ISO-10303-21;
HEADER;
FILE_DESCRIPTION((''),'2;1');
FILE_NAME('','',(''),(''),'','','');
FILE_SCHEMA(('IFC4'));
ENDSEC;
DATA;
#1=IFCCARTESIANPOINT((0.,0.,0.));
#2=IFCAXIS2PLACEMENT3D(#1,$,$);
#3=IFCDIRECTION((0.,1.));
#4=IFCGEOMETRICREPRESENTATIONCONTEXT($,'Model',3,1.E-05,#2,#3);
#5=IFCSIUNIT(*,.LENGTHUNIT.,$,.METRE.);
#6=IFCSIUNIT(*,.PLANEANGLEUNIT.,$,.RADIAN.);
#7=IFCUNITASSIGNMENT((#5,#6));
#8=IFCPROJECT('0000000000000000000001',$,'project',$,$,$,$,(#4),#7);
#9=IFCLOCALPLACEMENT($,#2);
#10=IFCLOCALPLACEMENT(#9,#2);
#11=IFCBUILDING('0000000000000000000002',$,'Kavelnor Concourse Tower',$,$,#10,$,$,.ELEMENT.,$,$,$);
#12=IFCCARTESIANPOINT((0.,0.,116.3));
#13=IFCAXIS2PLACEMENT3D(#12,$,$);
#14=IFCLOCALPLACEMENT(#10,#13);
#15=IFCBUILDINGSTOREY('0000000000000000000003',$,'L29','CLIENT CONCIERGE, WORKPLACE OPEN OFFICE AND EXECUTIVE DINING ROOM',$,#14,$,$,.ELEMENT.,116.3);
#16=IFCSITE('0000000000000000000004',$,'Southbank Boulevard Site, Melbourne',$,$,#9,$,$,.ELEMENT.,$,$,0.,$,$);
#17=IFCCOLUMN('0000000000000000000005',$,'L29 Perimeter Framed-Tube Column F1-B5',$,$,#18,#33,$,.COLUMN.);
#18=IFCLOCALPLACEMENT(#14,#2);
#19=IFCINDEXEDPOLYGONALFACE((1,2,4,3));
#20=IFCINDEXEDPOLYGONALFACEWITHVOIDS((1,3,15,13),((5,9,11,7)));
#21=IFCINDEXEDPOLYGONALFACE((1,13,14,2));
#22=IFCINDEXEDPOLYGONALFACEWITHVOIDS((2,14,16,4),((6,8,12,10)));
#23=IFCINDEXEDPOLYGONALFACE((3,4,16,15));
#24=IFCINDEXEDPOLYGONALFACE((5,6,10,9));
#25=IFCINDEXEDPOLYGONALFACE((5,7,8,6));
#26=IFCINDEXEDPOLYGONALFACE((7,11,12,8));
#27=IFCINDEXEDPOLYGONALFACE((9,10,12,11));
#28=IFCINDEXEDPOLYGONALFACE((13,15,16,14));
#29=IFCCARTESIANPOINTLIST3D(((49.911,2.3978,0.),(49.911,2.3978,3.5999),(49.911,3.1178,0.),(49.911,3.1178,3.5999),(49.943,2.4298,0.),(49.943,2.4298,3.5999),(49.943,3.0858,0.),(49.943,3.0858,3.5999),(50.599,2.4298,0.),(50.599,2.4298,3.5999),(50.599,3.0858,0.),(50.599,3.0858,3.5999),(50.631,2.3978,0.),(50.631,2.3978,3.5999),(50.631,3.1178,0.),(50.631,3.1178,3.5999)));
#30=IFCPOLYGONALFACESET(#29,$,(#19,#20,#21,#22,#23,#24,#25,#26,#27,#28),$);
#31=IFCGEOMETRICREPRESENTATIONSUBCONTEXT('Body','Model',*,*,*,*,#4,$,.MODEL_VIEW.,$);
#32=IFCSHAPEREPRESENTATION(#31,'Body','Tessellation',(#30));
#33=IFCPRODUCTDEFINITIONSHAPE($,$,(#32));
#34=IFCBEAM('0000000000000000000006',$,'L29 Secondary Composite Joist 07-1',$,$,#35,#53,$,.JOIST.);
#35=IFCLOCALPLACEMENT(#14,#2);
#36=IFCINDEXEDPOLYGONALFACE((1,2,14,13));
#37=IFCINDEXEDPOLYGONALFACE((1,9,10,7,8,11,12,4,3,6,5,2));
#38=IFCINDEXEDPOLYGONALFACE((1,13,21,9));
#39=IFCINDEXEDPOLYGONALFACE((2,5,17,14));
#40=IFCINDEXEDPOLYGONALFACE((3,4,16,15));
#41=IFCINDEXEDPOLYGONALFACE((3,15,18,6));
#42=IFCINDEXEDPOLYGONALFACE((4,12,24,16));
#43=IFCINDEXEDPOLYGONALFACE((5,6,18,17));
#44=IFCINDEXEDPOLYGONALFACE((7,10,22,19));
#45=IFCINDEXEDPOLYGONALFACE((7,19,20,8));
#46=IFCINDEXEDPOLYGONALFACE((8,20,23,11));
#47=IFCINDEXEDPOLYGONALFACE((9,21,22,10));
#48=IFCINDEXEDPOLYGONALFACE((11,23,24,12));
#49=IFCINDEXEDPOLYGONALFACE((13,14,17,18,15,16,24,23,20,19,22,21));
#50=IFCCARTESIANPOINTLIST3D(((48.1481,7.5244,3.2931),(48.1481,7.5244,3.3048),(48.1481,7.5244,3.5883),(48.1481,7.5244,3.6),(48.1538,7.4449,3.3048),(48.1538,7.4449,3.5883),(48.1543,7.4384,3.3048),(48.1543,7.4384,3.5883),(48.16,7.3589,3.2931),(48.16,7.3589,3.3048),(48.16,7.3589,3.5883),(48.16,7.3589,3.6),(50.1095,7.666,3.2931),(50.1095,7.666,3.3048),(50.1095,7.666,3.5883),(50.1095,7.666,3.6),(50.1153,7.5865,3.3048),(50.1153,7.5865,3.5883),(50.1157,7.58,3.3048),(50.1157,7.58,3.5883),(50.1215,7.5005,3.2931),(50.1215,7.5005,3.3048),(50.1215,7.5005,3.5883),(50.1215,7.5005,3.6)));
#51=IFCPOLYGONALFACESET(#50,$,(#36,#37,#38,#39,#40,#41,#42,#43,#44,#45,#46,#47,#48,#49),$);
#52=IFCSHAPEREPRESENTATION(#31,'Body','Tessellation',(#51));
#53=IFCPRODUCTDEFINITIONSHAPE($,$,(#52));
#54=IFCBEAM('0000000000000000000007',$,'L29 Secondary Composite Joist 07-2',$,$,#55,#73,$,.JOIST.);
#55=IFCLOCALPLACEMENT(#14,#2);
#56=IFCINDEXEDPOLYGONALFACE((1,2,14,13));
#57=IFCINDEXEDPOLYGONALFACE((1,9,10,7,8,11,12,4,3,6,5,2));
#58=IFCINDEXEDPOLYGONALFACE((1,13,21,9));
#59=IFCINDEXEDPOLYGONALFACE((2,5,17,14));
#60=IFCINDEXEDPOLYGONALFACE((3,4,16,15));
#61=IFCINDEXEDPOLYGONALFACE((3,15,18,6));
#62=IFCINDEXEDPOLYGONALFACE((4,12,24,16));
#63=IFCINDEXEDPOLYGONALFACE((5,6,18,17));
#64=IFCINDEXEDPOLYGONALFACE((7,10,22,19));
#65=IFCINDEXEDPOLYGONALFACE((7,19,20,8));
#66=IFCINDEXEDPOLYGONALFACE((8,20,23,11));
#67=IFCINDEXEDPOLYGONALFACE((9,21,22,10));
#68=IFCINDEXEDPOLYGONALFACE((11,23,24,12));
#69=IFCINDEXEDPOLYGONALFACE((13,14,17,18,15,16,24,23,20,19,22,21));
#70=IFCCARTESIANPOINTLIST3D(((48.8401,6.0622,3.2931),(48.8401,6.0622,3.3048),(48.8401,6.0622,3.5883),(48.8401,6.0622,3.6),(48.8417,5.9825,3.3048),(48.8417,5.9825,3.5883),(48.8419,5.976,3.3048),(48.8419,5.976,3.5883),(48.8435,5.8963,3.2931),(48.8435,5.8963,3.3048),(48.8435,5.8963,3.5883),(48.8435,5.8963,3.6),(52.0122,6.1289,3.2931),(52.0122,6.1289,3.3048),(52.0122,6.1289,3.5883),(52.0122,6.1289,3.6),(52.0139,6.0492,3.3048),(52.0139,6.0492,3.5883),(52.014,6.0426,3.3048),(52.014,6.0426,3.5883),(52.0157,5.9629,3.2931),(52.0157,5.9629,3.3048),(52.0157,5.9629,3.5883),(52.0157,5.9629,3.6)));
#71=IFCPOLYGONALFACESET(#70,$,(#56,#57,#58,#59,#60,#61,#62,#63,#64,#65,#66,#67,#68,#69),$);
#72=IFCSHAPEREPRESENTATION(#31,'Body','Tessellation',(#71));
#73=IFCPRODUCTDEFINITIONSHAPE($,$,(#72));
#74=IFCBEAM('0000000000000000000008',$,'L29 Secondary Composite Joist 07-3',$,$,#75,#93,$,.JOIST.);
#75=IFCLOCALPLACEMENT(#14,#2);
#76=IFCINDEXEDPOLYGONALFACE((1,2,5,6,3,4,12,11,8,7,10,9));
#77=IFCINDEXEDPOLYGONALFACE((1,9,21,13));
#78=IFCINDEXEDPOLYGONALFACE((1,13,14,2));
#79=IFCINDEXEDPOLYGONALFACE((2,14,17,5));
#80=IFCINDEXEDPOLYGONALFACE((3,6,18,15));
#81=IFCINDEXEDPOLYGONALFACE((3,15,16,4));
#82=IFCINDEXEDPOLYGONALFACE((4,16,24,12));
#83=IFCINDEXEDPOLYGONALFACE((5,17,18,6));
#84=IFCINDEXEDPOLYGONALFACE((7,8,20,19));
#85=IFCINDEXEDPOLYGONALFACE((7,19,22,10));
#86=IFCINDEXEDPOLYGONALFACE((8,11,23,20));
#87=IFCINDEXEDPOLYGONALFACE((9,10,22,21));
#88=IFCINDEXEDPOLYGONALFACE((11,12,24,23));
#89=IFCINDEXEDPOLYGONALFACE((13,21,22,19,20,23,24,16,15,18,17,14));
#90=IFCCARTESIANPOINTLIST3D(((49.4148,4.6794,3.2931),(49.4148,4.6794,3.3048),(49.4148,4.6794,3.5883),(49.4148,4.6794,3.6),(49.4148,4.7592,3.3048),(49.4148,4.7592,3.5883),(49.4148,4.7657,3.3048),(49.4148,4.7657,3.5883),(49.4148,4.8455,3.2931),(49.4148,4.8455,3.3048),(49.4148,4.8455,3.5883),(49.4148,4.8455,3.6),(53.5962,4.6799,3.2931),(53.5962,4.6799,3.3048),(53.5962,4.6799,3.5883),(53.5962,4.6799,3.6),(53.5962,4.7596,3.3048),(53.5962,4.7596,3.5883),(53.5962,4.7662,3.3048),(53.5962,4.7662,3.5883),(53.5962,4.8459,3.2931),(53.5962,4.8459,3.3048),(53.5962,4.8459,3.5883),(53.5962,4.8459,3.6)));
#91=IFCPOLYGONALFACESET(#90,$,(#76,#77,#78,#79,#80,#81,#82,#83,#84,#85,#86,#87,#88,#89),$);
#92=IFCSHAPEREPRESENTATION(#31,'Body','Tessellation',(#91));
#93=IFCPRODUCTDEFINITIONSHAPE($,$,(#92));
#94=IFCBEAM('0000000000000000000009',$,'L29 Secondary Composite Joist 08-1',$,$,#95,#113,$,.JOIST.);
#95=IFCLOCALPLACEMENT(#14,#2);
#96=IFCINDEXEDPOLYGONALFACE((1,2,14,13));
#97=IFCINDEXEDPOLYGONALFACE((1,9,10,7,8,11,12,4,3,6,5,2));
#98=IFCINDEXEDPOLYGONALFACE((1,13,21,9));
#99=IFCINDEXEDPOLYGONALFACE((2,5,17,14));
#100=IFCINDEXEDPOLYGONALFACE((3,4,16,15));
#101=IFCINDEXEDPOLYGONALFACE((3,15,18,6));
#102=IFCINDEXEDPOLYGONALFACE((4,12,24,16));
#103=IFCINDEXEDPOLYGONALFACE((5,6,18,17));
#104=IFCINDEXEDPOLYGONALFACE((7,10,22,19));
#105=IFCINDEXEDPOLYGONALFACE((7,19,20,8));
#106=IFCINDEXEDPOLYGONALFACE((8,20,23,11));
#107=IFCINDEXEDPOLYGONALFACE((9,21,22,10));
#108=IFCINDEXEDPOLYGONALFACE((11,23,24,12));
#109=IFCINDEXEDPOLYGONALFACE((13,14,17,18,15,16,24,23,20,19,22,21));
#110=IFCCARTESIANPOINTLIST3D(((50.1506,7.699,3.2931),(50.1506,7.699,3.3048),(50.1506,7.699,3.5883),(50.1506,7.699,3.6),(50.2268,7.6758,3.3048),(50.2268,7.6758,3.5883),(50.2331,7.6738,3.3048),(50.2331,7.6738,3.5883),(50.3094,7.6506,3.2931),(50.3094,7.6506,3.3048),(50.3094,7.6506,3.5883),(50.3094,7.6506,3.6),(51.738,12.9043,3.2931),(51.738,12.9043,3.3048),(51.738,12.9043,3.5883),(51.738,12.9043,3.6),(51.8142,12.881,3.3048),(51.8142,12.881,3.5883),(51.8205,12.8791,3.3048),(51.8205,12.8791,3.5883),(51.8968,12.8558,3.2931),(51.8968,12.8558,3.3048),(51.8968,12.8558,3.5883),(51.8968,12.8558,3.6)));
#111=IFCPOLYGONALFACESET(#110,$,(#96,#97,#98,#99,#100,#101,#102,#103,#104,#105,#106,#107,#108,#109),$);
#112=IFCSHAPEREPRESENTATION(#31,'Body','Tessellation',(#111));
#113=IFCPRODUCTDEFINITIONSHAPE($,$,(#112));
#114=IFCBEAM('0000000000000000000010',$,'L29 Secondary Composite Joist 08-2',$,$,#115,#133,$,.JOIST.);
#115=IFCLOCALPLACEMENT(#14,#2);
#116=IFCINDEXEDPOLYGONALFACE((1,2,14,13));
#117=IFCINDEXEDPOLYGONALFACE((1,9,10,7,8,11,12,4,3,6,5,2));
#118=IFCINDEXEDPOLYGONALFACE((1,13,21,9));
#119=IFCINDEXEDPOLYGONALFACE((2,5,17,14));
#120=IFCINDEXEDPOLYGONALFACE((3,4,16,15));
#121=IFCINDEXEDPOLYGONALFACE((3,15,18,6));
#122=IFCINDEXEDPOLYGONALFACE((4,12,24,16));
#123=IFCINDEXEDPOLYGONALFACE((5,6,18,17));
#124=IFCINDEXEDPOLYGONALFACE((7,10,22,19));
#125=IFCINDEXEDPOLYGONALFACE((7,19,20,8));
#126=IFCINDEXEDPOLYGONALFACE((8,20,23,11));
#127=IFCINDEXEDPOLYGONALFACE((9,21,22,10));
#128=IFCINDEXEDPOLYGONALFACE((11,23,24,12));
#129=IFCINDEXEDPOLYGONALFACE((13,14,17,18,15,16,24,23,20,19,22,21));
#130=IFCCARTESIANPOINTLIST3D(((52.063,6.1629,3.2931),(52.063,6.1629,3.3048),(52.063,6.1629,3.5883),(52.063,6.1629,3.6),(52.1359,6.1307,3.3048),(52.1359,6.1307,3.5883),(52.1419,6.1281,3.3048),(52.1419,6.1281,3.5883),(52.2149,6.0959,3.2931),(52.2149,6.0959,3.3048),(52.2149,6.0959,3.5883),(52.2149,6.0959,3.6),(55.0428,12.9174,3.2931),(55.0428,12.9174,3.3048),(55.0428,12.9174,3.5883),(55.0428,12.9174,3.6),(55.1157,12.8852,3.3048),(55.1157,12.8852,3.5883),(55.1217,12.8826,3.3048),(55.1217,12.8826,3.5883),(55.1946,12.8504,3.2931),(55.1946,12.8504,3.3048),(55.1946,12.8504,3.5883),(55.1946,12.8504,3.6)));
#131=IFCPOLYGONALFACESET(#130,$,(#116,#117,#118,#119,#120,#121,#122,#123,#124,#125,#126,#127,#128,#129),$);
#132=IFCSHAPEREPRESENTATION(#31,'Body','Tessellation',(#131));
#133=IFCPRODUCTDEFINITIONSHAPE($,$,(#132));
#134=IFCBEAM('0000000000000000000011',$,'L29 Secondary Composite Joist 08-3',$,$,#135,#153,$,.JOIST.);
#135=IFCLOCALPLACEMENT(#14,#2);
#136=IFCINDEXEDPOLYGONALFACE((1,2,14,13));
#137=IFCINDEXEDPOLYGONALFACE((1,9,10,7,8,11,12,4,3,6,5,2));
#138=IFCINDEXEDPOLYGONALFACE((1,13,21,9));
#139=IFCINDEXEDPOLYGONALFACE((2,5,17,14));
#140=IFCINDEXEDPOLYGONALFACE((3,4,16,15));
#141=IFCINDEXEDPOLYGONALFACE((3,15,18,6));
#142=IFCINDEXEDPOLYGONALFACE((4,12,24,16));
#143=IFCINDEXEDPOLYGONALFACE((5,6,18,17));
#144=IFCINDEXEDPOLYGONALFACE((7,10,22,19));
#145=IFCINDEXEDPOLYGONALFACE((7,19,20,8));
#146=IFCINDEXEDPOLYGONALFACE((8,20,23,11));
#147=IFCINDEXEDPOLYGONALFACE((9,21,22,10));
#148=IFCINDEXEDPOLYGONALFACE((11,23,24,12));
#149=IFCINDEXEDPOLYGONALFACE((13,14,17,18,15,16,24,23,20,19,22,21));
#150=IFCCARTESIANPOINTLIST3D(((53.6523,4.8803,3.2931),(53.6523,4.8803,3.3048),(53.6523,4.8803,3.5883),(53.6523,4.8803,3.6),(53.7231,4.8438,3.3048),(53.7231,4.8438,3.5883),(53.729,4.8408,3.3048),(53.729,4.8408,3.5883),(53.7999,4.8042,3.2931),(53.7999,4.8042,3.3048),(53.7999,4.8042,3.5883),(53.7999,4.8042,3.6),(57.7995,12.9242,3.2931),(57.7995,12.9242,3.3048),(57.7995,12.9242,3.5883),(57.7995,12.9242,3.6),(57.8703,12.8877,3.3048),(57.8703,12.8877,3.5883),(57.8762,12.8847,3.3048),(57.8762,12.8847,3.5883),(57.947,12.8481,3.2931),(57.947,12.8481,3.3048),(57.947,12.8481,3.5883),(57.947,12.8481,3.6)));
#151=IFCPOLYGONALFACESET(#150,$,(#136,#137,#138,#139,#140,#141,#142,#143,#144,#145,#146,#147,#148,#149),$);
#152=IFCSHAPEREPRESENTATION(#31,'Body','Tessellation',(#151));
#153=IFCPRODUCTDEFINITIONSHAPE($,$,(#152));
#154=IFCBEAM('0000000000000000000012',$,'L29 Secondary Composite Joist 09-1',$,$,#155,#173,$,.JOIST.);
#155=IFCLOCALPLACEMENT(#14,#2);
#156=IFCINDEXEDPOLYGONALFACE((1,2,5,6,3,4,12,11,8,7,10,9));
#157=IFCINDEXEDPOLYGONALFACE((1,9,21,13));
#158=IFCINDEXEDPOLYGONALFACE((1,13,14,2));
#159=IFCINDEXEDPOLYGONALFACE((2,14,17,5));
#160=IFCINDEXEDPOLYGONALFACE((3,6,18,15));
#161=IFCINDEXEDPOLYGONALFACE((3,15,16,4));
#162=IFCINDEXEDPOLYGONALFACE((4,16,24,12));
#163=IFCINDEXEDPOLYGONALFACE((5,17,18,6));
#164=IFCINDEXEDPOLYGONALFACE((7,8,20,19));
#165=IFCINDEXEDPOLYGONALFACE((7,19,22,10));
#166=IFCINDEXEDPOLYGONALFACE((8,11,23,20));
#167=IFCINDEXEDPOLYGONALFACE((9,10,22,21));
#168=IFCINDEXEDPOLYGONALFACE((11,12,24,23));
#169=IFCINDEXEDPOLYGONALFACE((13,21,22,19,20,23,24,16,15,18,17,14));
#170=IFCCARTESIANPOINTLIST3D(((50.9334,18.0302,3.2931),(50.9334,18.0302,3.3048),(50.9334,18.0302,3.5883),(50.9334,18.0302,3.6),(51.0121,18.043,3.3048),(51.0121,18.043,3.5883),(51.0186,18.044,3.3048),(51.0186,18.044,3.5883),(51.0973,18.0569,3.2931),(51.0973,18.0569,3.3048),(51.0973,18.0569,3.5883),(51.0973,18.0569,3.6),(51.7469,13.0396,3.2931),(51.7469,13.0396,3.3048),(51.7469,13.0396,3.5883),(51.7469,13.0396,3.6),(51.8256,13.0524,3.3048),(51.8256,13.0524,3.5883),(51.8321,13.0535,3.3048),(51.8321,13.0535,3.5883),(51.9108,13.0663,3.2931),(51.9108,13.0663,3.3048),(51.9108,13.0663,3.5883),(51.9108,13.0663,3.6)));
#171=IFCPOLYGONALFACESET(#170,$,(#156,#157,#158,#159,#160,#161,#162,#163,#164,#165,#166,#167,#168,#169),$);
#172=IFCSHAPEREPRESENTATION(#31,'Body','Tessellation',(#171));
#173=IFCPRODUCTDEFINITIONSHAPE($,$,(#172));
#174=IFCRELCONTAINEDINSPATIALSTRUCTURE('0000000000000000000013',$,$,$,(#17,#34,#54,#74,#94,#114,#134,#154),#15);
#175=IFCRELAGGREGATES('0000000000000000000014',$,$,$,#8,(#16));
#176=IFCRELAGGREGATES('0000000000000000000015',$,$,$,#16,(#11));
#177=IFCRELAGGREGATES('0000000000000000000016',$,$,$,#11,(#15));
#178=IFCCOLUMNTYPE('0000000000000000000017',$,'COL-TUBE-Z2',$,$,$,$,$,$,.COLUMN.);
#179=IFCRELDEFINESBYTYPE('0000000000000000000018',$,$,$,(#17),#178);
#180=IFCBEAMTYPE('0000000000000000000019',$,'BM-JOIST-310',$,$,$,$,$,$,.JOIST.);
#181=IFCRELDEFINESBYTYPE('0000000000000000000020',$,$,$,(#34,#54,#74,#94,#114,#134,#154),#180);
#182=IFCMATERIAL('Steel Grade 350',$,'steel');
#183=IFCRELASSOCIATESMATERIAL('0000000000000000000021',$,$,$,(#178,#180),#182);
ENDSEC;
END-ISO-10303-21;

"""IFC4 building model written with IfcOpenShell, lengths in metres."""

from ifc_helpers import new_model, si_unit, direction, frame, origin, origin_2d, place, context, subcontext, project, spatial, hollow_rectangle, i_section, extrude, material, material_profile, profile_set, type_object, element, save


model = new_model("IFC4")

# Units and contexts
model_context = context("Model", 3, precision=1e-05, world=origin(), true_north=direction((0.0, 1.0)))
body_context = subcontext(model_context, "Body", "Model", "MODEL_VIEW")
ifc_project = project(units=[si_unit("LENGTHUNIT", "METRE"), si_unit("PLANEANGLEUNIT", "RADIAN")], contexts=[model_context])

# Site, building, storey
site_placement = place(None, origin())
site = spatial("IfcSite", under=ifc_project, at=site_placement, Name="Southbank Boulevard Site, Melbourne", CompositionType="ELEMENT", RefElevation=0.0)
building_placement = place(site_placement, origin())
building = spatial("IfcBuilding", under=site, at=building_placement, Name="Kavelnor Concourse Tower", CompositionType="ELEMENT")
storey_placement = place(building_placement, frame((0.0, 0.0, 116.3)))
storey = spatial("IfcBuildingStorey", under=building, at=storey_placement, Name="L29", Description="CLIENT CONCIERGE, WORKPLACE OPEN OFFICE AND EXECUTIVE DINING ROOM", CompositionType="ELEMENT", Elevation=116.3)

# Column
ifc_material_1 = material(Name="Steel Grade 350", Category="steel")
ifc_material_profile_1 = material_profile(ifc_material_1, hollow_rectangle(XDim=0.72, YDim=0.72, WallThickness=0.032, at=origin_2d()), Name="SHS 720x720x32")
ifc_profile_set_1 = profile_set([ifc_material_profile_1], Name="Steel Grade 350")
column_type = type_object("IfcColumnType", Name="COL-TUBE-Z2", PredefinedType="COLUMN", material=ifc_profile_set_1)
column_placement = place(storey_placement, frame((50.271, 2.7578, 0.0), z_axis=(0.0, 0.0, 1.0), x_axis=(1.0, 0.0, 0.0)))
element("IfcColumn", 1, at=column_placement, inside=storey, type_object=column_type, Name="L29 Perimeter Framed-Tube Column F1-B5", PredefinedType="COLUMN", context=body_context, shape_type="SweptSolid", body=[
    extrude(hollow_rectangle(XDim=0.72, YDim=0.72, WallThickness=0.032, at=origin_2d()), origin(), (0.0, 0.0, 1.0), 3.5999),
])

# Beams
ifc_material_profile_2 = material_profile(ifc_material_1, i_section(OverallWidth=0.166, OverallDepth=0.3069, WebThickness=0.0066, FlangeThickness=0.0117, at=origin_2d()), Name="310UB46")
ifc_profile_set_2 = profile_set([ifc_material_profile_2], Name="Steel Grade 350")
beam_type_1 = type_object("IfcBeamType", Name="BM-JOIST-310", PredefinedType="JOIST", material=ifc_profile_set_2)
beam_1_placement = place(storey_placement, frame((48.1541, 7.4417, 3.4465), z_axis=(0.997404, 0.072006, 0.0), x_axis=(-0.072006, 0.997404, 0.0)))
element("IfcBeam", 2, at=beam_1_placement, inside=storey, type_object=beam_type_1, Name="L29 Secondary Composite Joist 07-1", PredefinedType="JOIST", context=body_context, shape_type="SweptSolid", body=[
    extrude(i_section(OverallWidth=0.166, OverallDepth=0.3069, WebThickness=0.0066, FlangeThickness=0.0117, at=origin_2d()), origin(), (0.0, 0.0, 1.0), 1.9666),
])
beam_2_placement = place(storey_placement, frame((48.8418, 5.9792, 3.4465), z_axis=(0.999779, 0.021007, 0.0), x_axis=(-0.021007, 0.999779, 0.0)))
element("IfcBeam", 3, at=beam_2_placement, inside=storey, type_object=beam_type_1, Name="L29 Secondary Composite Joist 07-2", PredefinedType="JOIST", context=body_context, shape_type="SweptSolid", body=[
    extrude(i_section(OverallWidth=0.166, OverallDepth=0.3069, WebThickness=0.0066, FlangeThickness=0.0117, at=origin_2d()), origin(), (0.0, 0.0, 1.0), 3.1729),
])
beam_3_placement = place(storey_placement, frame((49.4148, 4.7625, 3.4465), z_axis=(1.0, 0.000117, 0.0), x_axis=(-0.000117, 1.0, 0.0)))
element("IfcBeam", 4, at=beam_3_placement, inside=storey, type_object=beam_type_1, Name="L29 Secondary Composite Joist 07-3", PredefinedType="JOIST", context=body_context, shape_type="SweptSolid", body=[
    extrude(i_section(OverallWidth=0.166, OverallDepth=0.3069, WebThickness=0.0066, FlangeThickness=0.0117, at=origin_2d()), origin(), (0.0, 0.0, 1.0), 4.1814),
])
beam_4_placement = place(storey_placement, frame((50.23, 7.6748, 3.4465), z_axis=(0.291695, 0.956511, 0.0), x_axis=(-0.956511, 0.291695, 0.0)))
element("IfcBeam", 5, at=beam_4_placement, inside=storey, type_object=beam_type_1, Name="L29 Secondary Composite Joist 08-1", PredefinedType="JOIST", context=body_context, shape_type="SweptSolid", body=[
    extrude(i_section(OverallWidth=0.166, OverallDepth=0.3069, WebThickness=0.0066, FlangeThickness=0.0117, at=origin_2d()), origin(), (0.0, 0.0, 1.0), 5.4419),
])
beam_5_placement = place(storey_placement, frame((52.1389, 6.1294, 3.4465), z_axis=(0.403624, 0.914925, 0.0), x_axis=(-0.914925, 0.403624, 0.0)))
element("IfcBeam", 6, at=beam_5_placement, inside=storey, type_object=beam_type_1, Name="L29 Secondary Composite Joist 08-2", PredefinedType="JOIST", context=body_context, shape_type="SweptSolid", body=[
    extrude(i_section(OverallWidth=0.166, OverallDepth=0.3069, WebThickness=0.0066, FlangeThickness=0.0117, at=origin_2d()), origin(), (0.0, 0.0, 1.0), 7.3826),
])
beam_6_placement = place(storey_placement, frame((53.7261, 4.8423, 3.4465), z_axis=(0.458251, 0.888823, 0.0), x_axis=(-0.888823, 0.458251, 0.0)))
element("IfcBeam", 7, at=beam_6_placement, inside=storey, type_object=beam_type_1, Name="L29 Secondary Composite Joist 08-3", PredefinedType="JOIST", context=body_context, shape_type="SweptSolid", body=[
    extrude(i_section(OverallWidth=0.166, OverallDepth=0.3069, WebThickness=0.0066, FlangeThickness=0.0117, at=origin_2d()), origin(), (0.0, 0.0, 1.0), 9.05),
])
beam_7_placement = place(storey_placement, frame((51.8289, 13.053, 3.4465), z_axis=(-0.160882, 0.986974, 0.0), x_axis=(-0.986974, -0.160882, 0.0)))
element("IfcBeam", 8, at=beam_7_placement, inside=storey, type_object=beam_type_1, Name="L29 Secondary Composite Joist 09-1", PredefinedType="JOIST", context=body_context, shape_type="SweptSolid", body=[
    extrude(i_section(OverallWidth=0.166, OverallDepth=0.3069, WebThickness=0.0066, FlangeThickness=0.0117, at=origin_2d()), origin(), (0.0, 0.0, 1.0), 5.0564),
])

save(model, "model.ifc")
